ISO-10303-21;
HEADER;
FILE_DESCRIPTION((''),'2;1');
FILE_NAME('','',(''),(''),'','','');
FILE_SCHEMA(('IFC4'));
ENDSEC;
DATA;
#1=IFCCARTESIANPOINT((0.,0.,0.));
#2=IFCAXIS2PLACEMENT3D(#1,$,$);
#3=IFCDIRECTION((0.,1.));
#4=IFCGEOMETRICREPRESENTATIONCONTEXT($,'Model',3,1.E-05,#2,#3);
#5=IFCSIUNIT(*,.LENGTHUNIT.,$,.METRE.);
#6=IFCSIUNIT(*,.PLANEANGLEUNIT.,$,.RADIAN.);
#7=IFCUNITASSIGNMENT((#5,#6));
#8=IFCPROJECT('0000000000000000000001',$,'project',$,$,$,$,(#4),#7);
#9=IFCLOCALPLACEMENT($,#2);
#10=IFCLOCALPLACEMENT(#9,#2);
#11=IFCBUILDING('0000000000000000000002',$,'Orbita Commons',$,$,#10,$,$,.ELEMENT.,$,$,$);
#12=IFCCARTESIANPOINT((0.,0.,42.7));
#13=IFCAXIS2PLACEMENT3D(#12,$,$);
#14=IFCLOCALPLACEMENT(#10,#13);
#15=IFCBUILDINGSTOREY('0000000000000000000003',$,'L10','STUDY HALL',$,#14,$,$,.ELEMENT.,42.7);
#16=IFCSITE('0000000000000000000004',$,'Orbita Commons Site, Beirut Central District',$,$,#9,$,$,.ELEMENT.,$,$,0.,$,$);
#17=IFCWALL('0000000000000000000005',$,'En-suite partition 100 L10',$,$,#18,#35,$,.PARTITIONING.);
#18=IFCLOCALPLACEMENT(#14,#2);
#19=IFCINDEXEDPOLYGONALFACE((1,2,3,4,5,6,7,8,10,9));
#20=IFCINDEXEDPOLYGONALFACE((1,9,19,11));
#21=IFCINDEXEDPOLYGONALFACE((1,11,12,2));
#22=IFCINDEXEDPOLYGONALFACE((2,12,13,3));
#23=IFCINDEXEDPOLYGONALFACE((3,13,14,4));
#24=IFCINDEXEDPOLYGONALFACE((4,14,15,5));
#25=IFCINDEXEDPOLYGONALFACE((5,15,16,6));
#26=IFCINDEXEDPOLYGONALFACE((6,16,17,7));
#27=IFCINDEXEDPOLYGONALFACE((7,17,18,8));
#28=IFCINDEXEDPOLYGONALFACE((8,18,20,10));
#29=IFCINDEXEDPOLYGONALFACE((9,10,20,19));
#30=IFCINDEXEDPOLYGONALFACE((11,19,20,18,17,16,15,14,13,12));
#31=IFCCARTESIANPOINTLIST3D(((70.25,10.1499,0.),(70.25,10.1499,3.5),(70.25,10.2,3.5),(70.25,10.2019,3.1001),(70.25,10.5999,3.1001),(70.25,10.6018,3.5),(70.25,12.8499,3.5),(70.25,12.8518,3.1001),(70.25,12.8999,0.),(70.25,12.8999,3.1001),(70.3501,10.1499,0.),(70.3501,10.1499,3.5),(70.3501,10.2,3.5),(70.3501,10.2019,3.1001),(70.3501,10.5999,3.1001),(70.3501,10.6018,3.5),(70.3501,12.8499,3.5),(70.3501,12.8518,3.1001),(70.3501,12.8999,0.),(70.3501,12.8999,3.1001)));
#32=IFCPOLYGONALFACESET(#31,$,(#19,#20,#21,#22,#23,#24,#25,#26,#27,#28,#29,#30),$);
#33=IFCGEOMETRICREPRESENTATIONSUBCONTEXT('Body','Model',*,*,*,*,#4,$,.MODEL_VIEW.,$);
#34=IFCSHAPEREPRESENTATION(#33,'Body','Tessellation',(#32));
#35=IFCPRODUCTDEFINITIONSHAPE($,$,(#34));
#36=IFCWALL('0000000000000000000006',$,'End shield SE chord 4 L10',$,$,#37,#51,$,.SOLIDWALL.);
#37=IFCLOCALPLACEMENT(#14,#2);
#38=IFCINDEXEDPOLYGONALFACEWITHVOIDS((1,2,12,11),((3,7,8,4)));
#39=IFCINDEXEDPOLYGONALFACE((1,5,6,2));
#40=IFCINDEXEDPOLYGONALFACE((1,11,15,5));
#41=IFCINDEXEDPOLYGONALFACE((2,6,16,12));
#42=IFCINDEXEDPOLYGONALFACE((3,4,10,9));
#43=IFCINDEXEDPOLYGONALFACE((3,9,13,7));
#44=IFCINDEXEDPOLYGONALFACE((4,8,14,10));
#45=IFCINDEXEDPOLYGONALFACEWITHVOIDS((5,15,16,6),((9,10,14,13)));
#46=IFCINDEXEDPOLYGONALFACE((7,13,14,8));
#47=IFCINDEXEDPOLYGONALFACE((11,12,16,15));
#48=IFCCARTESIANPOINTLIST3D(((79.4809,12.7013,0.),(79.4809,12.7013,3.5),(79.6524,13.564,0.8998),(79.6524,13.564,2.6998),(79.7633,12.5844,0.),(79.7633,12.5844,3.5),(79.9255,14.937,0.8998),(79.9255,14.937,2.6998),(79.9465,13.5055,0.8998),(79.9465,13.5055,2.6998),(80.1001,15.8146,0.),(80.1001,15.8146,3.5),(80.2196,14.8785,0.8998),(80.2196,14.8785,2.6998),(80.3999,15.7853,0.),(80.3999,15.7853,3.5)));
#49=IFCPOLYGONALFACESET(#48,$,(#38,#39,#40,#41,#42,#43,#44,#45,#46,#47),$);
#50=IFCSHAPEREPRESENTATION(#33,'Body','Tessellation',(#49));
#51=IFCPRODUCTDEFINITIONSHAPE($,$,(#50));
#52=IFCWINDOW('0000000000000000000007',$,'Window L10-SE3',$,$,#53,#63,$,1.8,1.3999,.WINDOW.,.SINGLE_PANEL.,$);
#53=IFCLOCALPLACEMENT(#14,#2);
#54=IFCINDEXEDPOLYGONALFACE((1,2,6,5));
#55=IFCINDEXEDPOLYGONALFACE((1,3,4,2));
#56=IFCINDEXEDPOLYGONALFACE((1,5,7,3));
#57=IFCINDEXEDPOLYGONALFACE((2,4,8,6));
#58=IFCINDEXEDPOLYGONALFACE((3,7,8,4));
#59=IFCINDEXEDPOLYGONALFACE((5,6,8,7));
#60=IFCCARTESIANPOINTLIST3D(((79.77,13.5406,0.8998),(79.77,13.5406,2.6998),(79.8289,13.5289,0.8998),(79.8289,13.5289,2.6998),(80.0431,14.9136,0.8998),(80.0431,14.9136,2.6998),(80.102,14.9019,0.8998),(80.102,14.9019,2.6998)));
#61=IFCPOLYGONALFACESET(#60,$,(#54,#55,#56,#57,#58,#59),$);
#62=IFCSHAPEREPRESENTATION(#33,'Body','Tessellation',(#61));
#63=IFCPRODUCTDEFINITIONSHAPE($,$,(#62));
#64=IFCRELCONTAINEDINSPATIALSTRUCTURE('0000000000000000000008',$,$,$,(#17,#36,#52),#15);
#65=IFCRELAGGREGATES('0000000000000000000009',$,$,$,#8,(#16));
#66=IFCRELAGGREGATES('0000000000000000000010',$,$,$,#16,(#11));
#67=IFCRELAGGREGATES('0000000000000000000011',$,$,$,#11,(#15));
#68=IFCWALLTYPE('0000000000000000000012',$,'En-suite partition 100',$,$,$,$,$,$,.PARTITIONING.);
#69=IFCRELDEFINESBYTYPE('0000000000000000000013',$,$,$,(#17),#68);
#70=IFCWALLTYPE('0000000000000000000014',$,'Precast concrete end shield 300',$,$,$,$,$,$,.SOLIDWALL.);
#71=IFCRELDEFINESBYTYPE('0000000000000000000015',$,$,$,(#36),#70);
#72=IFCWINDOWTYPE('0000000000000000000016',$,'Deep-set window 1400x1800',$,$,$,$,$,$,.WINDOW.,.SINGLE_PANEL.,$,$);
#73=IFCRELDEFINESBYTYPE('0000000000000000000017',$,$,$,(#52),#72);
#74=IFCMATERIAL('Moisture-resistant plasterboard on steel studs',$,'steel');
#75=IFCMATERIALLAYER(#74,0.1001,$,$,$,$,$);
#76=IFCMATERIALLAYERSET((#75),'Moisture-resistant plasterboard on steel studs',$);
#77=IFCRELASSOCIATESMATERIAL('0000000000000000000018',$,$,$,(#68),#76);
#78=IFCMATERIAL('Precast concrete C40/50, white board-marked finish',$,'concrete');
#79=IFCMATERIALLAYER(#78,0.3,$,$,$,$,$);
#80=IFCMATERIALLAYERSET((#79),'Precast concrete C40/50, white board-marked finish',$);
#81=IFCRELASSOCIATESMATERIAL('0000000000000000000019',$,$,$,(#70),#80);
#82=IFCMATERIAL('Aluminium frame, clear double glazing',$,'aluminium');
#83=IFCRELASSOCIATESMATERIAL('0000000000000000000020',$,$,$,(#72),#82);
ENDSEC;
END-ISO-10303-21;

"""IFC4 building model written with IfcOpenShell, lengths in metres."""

from ifc_helpers import new_model, si_unit, direction, frame, frame_2d, origin, place, context, subcontext, project, spatial, polyline, rectangle, outline, extrude, material, layer, layer_set, type_object, element, fill, save


model = new_model("IFC4")

# Units and contexts
model_context = context("Model", 3, precision=1e-05, world=origin(), true_north=direction((0.0, 1.0)))
body_context = subcontext(model_context, "Body", "Model", "MODEL_VIEW")
ifc_project = project(units=[si_unit("LENGTHUNIT", "METRE"), si_unit("PLANEANGLEUNIT", "RADIAN")], contexts=[model_context])

# Site, building, storey
site_placement = place(None, origin())
site = spatial("IfcSite", under=ifc_project, at=site_placement, Name="Orbita Commons Site, Beirut Central District", CompositionType="ELEMENT", RefElevation=0.0)
building_placement = place(site_placement, origin())
building = spatial("IfcBuilding", under=site, at=building_placement, Name="Orbita Commons", CompositionType="ELEMENT")
storey_placement = place(building_placement, frame((0.0, 0.0, 42.7)))
storey = spatial("IfcBuildingStorey", under=building, at=storey_placement, Name="L10", Description="STUDY HALL", CompositionType="ELEMENT", Elevation=42.7)

# Wall
ifc_material_1 = material(Name="Moisture-resistant plasterboard on steel studs", Category="steel")
ifc_layer_1 = layer(ifc_material_1, 0.1001)
ifc_layer_set_1 = layer_set([ifc_layer_1], Name="Moisture-resistant plasterboard on steel studs")
wall_type_1 = type_object("IfcWallType", Name="En-suite partition 100", PredefinedType="PARTITIONING", material=ifc_layer_set_1)
wall_1_placement = place(storey_placement, frame((70.3, 10.1499, 0.0), z_axis=(0.0, 0.0, 1.0), x_axis=(0.0, 1.0, 0.0)))
element("IfcWall", 1, at=wall_1_placement, inside=storey, type_object=wall_type_1, Name="En-suite partition 100 L10", PredefinedType="PARTITIONING", context=body_context, shape_type="SweptSolid", body=[
    extrude(outline(polyline([(0.0, 0.0), (2.75, 0.0), (2.75, 3.1001), (2.7019, 3.1001), (2.7, 3.5), (0.4519, 3.5), (0.45, 3.1001), (0.052, 3.1001), (0.05, 3.5), (0.0, 3.5), (0.0, 0.0)])), frame((0.0, 0.05, 0.0), z_axis=(0.0, -1.0, 0.0), x_axis=(1.0, 0.0, 0.0)), (0.0, 0.0, 1.0), 0.1001),
])

# Wall, opening, window
ifc_material_2 = material(Name="Precast concrete C40/50, white board-marked finish", Category="concrete")
ifc_layer_2 = layer(ifc_material_2, 0.3)
ifc_layer_set_2 = layer_set([ifc_layer_2], Name="Precast concrete C40/50, white board-marked finish")
wall_type_2 = type_object("IfcWallType", Name="Precast concrete end shield 300", PredefinedType="SOLIDWALL", material=ifc_layer_set_2)
wall_2_placement = place(storey_placement, frame((79.6221, 12.6428, 0.0), z_axis=(0.0, 0.0, 1.0), x_axis=(0.195066, 0.98079, 0.0)))
wall_2 = element("IfcWall", 2, at=wall_2_placement, inside=storey, type_object=wall_type_2, Name="End shield SE chord 4 L10", PredefinedType="SOLIDWALL", context=body_context, shape_type="SweptSolid", body=[
    extrude(outline(polyline([(-0.0298, -0.1499), (3.2339, -0.1499), (3.2041, 0.1499), (0.0298, 0.1499), (-0.0298, -0.1499)])), origin(), (0.0, 0.0, 1.0), 3.5),
])
opening_1_placement = place(wall_2_placement, frame((0.9094, 0.0, 0.8999)))
opening_1 = element("IfcOpeningElement", 3, at=opening_1_placement, cuts=wall_2, PredefinedType="OPENING", context=body_context, shape_type="SweptSolid", body=[
    extrude(rectangle(XDim=1.3999, YDim=1.8, at=frame_2d((0.7, 0.8999))), frame((0.0, 0.1599, 0.0), z_axis=(0.0, -1.0, 0.0), x_axis=(1.0, 0.0, 0.0)), (0.0, 0.0, 1.0), 0.3201),
])
ifc_material_3 = material(Name="Aluminium frame, clear double glazing", Category="aluminium")
window_type = type_object("IfcWindowType", Name="Deep-set window 1400x1800", PartitioningType="SINGLE_PANEL", PredefinedType="WINDOW", material=ifc_material_3)
window_placement = place(opening_1_placement, origin())
window = element("IfcWindow", 4, at=window_placement, inside=storey, type_object=window_type, Name="Window L10-SE3", OverallHeight=1.8, OverallWidth=1.3999, PartitioningType="SINGLE_PANEL", PredefinedType="WINDOW", context=body_context, shape_type="SweptSolid", body=[
    extrude(rectangle(XDim=1.3999, YDim=1.8, at=frame_2d((0.7, 0.8999))), frame((0.0, 0.03, 0.0), z_axis=(0.0, -1.0, 0.0), x_axis=(1.0, 0.0, 0.0)), (0.0, 0.0, 1.0), 0.0601),
])
fill(opening_1, window)

save(model, "model.ifc")
